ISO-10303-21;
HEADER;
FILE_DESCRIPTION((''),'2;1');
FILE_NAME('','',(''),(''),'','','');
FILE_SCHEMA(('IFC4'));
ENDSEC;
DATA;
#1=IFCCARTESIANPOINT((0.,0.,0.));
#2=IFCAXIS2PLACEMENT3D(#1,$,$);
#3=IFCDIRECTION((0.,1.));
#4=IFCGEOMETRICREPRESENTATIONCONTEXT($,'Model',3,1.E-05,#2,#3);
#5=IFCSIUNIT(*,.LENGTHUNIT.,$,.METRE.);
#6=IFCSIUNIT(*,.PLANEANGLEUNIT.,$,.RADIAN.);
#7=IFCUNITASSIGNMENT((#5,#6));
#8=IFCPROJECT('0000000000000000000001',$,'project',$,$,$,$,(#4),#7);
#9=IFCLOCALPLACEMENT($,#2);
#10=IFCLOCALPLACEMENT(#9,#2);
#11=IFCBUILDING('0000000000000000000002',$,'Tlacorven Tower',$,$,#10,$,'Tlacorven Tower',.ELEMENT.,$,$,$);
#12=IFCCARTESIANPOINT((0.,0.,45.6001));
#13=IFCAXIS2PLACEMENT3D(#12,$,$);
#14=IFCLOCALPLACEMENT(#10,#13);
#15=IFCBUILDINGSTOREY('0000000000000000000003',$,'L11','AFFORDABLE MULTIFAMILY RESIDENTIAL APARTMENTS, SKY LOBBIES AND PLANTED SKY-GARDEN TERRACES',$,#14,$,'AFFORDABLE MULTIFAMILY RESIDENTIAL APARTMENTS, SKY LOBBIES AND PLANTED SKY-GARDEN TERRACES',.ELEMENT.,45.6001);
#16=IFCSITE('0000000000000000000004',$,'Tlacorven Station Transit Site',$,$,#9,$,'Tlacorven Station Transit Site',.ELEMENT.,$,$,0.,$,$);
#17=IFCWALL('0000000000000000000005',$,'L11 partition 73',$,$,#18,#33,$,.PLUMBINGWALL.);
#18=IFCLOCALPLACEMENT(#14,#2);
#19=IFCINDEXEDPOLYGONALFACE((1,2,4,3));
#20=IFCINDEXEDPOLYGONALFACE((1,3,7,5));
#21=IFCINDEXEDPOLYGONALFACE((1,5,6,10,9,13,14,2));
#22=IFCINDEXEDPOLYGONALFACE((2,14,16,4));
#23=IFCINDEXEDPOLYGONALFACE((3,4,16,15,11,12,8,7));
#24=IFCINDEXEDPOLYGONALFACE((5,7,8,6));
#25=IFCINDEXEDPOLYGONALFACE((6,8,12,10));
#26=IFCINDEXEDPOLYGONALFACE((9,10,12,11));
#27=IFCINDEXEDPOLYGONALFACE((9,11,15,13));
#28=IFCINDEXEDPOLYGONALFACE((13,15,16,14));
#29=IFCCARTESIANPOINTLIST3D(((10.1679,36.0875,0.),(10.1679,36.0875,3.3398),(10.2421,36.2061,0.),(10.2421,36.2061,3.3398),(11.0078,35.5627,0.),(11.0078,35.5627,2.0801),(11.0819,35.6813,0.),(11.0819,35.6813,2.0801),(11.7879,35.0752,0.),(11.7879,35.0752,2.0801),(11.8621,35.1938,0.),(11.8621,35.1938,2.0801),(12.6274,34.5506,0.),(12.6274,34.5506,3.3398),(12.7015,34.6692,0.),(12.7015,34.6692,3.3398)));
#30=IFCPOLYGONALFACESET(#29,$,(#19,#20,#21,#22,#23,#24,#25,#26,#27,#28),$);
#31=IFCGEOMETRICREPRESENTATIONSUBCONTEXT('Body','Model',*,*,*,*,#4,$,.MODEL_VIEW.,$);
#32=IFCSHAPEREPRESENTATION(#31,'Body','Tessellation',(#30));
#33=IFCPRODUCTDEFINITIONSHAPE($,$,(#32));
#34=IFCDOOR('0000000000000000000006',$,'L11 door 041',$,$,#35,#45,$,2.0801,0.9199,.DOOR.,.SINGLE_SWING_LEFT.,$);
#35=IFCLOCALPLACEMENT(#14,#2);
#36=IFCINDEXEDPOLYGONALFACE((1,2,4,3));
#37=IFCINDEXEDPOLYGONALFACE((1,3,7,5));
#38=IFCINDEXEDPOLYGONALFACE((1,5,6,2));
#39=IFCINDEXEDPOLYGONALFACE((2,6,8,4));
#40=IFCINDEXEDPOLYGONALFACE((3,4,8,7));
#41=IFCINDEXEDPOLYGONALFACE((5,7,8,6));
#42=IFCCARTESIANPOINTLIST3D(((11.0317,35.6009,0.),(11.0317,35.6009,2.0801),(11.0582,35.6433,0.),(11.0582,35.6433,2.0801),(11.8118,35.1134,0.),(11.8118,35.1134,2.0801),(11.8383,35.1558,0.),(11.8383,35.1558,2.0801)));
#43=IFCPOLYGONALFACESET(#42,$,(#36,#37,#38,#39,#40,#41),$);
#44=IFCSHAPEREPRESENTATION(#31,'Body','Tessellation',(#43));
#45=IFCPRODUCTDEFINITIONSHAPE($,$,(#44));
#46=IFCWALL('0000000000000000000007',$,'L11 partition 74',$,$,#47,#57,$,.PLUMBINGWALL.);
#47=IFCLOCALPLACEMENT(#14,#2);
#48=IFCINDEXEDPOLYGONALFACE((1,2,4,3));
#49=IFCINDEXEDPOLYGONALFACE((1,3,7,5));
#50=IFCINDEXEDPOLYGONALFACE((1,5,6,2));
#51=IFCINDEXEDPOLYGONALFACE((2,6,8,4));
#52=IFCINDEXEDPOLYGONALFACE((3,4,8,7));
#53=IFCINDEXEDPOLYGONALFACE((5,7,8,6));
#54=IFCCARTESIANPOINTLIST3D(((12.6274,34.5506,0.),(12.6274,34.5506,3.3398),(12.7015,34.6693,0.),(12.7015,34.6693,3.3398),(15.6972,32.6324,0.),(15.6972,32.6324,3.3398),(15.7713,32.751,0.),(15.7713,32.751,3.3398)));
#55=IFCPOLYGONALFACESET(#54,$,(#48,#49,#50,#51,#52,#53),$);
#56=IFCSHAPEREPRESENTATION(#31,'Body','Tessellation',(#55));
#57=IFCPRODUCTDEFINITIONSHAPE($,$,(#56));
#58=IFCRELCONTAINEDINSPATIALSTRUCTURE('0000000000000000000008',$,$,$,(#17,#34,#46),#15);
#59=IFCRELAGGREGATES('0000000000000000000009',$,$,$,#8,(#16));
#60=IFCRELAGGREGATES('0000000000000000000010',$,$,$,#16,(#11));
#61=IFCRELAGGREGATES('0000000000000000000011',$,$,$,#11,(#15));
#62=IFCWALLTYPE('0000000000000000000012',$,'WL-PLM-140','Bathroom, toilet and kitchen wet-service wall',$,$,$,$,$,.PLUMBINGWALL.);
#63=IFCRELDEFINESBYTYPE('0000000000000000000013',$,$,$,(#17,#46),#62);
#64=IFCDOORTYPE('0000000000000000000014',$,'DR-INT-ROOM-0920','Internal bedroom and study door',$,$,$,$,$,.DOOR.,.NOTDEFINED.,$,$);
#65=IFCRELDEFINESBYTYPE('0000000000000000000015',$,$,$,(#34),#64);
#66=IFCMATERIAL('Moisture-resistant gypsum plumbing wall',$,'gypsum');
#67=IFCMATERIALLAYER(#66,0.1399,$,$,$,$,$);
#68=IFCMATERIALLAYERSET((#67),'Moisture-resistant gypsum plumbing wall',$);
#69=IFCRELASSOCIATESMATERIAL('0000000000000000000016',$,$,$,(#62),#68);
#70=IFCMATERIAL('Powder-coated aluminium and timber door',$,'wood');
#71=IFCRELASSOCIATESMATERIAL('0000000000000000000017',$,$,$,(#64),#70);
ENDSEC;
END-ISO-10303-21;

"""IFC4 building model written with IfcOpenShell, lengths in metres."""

from ifc_helpers import new_model, si_unit, direction, frame, frame_2d, origin, place, context, subcontext, project, spatial, rectangle, extrude, source, transform, mapped, material, layer, layer_set, type_object, element, fill, save


model = new_model("IFC4")

# Units and contexts
model_context = context("Model", 3, precision=1e-05, world=origin(), true_north=direction((0.0, 1.0)))
body_context = subcontext(model_context, "Body", "Model", "MODEL_VIEW")
ifc_project = project(units=[si_unit("LENGTHUNIT", "METRE"), si_unit("PLANEANGLEUNIT", "RADIAN")], contexts=[model_context])

# Site, building, storey
site_placement = place(None, origin())
site = spatial("IfcSite", under=ifc_project, at=site_placement, Name="Tlacorven Station Transit Site", LongName="Tlacorven Station Transit Site", CompositionType="ELEMENT", RefElevation=0.0)
building_placement = place(site_placement, origin())
building = spatial("IfcBuilding", under=site, at=building_placement, Name="Tlacorven Tower", LongName="Tlacorven Tower", CompositionType="ELEMENT")
storey_placement = place(building_placement, frame((0.0, 0.0, 45.6001)))
storey = spatial("IfcBuildingStorey", under=building, at=storey_placement, Name="L11", Description="AFFORDABLE MULTIFAMILY RESIDENTIAL APARTMENTS, SKY LOBBIES AND PLANTED SKY-GARDEN TERRACES", LongName="AFFORDABLE MULTIFAMILY RESIDENTIAL APARTMENTS, SKY LOBBIES AND PLANTED SKY-GARDEN TERRACES", CompositionType="ELEMENT", Elevation=45.6001)

# Wall, opening, door
ifc_material_1 = material(Name="Moisture-resistant gypsum plumbing wall", Category="gypsum")
ifc_layer_1 = layer(ifc_material_1, 0.1399)
ifc_layer_set_1 = layer_set([ifc_layer_1], Name="Moisture-resistant gypsum plumbing wall")
wall_type_1 = type_object("IfcWallType", Name="WL-PLM-140", Description="Bathroom, toilet and kitchen wet-service wall", PredefinedType="PLUMBINGWALL", material=ifc_layer_set_1)
wall_1_placement = place(storey_placement, frame((12.6646, 34.6099, 0.0), z_axis=(0.0, 0.0, 1.0), x_axis=(-0.848046, 0.529923, 0.0)))
wall_1 = element("IfcWall", 1, at=wall_1_placement, inside=storey, type_object=wall_type_1, Name="L11 partition 73", PredefinedType="PLUMBINGWALL", context=body_context, shape_type="SweptSolid", body=[
    extrude(rectangle(XDim=2.9001, YDim=0.1399, at=frame_2d((1.4502, 0.0))), origin(), (0.0, 0.0, 1.0), 3.3398),
])
opening_placement = place(wall_1_placement, frame((0.99, 0.0, 0.0)))
opening = element("IfcOpeningElement", 2, at=opening_placement, cuts=wall_1, PredefinedType="OPENING", context=body_context, shape_type="SweptSolid", body=[
    extrude(rectangle(XDim=0.9199, YDim=2.0801, at=frame_2d((0.46, 1.04))), frame((0.0, 0.0801, 0.0), z_axis=(0.0, -1.0, 0.0), x_axis=(1.0, 0.0, 0.0)), (0.0, 0.0, 1.0), 0.1599),
])
ifc_material_2 = material(Name="Powder-coated aluminium and timber door", Category="wood")
door_type = type_object("IfcDoorType", Name="DR-INT-ROOM-0920", Description="Internal bedroom and study door", OperationType="NOTDEFINED", PredefinedType="DOOR", material=ifc_material_2)
shared_shape_1 = source(origin(), body_context, "Body", "SweptSolid", [
    extrude(rectangle(XDim=0.9199, YDim=2.0801, at=frame_2d((0.46, 1.04))), frame((0.0, 0.0249, 0.0), z_axis=(0.0, -1.0, 0.0), x_axis=(1.0, 0.0, 0.0)), (0.0, 0.0, 1.0), 0.05),
])
door_placement = place(opening_placement, origin())
door = element("IfcDoor", 3, at=door_placement, inside=storey, type_object=door_type, Name="L11 door 041", OperationType="SINGLE_SWING_LEFT", OverallHeight=2.0801, OverallWidth=0.9199, PredefinedType="DOOR", context=body_context, shape_type="MappedRepresentation", body=[
    mapped(shared_shape_1, transform((0.0, 0.0, 0.0), scale=1.0)),
])
fill(opening, door)

# Wall
wall_2_placement = place(storey_placement, frame((15.7344, 32.6917, 0.0), z_axis=(0.0, 0.0, 1.0), x_axis=(-0.848051, 0.529914, 0.0)))
element("IfcWall", 4, at=wall_2_placement, inside=storey, type_object=wall_type_1, Name="L11 partition 74", PredefinedType="PLUMBINGWALL", context=body_context, shape_type="SweptSolid", body=[
    extrude(rectangle(XDim=3.6199, YDim=0.1399, at=frame_2d((1.8101, 0.0))), origin(), (0.0, 0.0, 1.0), 3.3398),
])

save(model, "model.ifc")
